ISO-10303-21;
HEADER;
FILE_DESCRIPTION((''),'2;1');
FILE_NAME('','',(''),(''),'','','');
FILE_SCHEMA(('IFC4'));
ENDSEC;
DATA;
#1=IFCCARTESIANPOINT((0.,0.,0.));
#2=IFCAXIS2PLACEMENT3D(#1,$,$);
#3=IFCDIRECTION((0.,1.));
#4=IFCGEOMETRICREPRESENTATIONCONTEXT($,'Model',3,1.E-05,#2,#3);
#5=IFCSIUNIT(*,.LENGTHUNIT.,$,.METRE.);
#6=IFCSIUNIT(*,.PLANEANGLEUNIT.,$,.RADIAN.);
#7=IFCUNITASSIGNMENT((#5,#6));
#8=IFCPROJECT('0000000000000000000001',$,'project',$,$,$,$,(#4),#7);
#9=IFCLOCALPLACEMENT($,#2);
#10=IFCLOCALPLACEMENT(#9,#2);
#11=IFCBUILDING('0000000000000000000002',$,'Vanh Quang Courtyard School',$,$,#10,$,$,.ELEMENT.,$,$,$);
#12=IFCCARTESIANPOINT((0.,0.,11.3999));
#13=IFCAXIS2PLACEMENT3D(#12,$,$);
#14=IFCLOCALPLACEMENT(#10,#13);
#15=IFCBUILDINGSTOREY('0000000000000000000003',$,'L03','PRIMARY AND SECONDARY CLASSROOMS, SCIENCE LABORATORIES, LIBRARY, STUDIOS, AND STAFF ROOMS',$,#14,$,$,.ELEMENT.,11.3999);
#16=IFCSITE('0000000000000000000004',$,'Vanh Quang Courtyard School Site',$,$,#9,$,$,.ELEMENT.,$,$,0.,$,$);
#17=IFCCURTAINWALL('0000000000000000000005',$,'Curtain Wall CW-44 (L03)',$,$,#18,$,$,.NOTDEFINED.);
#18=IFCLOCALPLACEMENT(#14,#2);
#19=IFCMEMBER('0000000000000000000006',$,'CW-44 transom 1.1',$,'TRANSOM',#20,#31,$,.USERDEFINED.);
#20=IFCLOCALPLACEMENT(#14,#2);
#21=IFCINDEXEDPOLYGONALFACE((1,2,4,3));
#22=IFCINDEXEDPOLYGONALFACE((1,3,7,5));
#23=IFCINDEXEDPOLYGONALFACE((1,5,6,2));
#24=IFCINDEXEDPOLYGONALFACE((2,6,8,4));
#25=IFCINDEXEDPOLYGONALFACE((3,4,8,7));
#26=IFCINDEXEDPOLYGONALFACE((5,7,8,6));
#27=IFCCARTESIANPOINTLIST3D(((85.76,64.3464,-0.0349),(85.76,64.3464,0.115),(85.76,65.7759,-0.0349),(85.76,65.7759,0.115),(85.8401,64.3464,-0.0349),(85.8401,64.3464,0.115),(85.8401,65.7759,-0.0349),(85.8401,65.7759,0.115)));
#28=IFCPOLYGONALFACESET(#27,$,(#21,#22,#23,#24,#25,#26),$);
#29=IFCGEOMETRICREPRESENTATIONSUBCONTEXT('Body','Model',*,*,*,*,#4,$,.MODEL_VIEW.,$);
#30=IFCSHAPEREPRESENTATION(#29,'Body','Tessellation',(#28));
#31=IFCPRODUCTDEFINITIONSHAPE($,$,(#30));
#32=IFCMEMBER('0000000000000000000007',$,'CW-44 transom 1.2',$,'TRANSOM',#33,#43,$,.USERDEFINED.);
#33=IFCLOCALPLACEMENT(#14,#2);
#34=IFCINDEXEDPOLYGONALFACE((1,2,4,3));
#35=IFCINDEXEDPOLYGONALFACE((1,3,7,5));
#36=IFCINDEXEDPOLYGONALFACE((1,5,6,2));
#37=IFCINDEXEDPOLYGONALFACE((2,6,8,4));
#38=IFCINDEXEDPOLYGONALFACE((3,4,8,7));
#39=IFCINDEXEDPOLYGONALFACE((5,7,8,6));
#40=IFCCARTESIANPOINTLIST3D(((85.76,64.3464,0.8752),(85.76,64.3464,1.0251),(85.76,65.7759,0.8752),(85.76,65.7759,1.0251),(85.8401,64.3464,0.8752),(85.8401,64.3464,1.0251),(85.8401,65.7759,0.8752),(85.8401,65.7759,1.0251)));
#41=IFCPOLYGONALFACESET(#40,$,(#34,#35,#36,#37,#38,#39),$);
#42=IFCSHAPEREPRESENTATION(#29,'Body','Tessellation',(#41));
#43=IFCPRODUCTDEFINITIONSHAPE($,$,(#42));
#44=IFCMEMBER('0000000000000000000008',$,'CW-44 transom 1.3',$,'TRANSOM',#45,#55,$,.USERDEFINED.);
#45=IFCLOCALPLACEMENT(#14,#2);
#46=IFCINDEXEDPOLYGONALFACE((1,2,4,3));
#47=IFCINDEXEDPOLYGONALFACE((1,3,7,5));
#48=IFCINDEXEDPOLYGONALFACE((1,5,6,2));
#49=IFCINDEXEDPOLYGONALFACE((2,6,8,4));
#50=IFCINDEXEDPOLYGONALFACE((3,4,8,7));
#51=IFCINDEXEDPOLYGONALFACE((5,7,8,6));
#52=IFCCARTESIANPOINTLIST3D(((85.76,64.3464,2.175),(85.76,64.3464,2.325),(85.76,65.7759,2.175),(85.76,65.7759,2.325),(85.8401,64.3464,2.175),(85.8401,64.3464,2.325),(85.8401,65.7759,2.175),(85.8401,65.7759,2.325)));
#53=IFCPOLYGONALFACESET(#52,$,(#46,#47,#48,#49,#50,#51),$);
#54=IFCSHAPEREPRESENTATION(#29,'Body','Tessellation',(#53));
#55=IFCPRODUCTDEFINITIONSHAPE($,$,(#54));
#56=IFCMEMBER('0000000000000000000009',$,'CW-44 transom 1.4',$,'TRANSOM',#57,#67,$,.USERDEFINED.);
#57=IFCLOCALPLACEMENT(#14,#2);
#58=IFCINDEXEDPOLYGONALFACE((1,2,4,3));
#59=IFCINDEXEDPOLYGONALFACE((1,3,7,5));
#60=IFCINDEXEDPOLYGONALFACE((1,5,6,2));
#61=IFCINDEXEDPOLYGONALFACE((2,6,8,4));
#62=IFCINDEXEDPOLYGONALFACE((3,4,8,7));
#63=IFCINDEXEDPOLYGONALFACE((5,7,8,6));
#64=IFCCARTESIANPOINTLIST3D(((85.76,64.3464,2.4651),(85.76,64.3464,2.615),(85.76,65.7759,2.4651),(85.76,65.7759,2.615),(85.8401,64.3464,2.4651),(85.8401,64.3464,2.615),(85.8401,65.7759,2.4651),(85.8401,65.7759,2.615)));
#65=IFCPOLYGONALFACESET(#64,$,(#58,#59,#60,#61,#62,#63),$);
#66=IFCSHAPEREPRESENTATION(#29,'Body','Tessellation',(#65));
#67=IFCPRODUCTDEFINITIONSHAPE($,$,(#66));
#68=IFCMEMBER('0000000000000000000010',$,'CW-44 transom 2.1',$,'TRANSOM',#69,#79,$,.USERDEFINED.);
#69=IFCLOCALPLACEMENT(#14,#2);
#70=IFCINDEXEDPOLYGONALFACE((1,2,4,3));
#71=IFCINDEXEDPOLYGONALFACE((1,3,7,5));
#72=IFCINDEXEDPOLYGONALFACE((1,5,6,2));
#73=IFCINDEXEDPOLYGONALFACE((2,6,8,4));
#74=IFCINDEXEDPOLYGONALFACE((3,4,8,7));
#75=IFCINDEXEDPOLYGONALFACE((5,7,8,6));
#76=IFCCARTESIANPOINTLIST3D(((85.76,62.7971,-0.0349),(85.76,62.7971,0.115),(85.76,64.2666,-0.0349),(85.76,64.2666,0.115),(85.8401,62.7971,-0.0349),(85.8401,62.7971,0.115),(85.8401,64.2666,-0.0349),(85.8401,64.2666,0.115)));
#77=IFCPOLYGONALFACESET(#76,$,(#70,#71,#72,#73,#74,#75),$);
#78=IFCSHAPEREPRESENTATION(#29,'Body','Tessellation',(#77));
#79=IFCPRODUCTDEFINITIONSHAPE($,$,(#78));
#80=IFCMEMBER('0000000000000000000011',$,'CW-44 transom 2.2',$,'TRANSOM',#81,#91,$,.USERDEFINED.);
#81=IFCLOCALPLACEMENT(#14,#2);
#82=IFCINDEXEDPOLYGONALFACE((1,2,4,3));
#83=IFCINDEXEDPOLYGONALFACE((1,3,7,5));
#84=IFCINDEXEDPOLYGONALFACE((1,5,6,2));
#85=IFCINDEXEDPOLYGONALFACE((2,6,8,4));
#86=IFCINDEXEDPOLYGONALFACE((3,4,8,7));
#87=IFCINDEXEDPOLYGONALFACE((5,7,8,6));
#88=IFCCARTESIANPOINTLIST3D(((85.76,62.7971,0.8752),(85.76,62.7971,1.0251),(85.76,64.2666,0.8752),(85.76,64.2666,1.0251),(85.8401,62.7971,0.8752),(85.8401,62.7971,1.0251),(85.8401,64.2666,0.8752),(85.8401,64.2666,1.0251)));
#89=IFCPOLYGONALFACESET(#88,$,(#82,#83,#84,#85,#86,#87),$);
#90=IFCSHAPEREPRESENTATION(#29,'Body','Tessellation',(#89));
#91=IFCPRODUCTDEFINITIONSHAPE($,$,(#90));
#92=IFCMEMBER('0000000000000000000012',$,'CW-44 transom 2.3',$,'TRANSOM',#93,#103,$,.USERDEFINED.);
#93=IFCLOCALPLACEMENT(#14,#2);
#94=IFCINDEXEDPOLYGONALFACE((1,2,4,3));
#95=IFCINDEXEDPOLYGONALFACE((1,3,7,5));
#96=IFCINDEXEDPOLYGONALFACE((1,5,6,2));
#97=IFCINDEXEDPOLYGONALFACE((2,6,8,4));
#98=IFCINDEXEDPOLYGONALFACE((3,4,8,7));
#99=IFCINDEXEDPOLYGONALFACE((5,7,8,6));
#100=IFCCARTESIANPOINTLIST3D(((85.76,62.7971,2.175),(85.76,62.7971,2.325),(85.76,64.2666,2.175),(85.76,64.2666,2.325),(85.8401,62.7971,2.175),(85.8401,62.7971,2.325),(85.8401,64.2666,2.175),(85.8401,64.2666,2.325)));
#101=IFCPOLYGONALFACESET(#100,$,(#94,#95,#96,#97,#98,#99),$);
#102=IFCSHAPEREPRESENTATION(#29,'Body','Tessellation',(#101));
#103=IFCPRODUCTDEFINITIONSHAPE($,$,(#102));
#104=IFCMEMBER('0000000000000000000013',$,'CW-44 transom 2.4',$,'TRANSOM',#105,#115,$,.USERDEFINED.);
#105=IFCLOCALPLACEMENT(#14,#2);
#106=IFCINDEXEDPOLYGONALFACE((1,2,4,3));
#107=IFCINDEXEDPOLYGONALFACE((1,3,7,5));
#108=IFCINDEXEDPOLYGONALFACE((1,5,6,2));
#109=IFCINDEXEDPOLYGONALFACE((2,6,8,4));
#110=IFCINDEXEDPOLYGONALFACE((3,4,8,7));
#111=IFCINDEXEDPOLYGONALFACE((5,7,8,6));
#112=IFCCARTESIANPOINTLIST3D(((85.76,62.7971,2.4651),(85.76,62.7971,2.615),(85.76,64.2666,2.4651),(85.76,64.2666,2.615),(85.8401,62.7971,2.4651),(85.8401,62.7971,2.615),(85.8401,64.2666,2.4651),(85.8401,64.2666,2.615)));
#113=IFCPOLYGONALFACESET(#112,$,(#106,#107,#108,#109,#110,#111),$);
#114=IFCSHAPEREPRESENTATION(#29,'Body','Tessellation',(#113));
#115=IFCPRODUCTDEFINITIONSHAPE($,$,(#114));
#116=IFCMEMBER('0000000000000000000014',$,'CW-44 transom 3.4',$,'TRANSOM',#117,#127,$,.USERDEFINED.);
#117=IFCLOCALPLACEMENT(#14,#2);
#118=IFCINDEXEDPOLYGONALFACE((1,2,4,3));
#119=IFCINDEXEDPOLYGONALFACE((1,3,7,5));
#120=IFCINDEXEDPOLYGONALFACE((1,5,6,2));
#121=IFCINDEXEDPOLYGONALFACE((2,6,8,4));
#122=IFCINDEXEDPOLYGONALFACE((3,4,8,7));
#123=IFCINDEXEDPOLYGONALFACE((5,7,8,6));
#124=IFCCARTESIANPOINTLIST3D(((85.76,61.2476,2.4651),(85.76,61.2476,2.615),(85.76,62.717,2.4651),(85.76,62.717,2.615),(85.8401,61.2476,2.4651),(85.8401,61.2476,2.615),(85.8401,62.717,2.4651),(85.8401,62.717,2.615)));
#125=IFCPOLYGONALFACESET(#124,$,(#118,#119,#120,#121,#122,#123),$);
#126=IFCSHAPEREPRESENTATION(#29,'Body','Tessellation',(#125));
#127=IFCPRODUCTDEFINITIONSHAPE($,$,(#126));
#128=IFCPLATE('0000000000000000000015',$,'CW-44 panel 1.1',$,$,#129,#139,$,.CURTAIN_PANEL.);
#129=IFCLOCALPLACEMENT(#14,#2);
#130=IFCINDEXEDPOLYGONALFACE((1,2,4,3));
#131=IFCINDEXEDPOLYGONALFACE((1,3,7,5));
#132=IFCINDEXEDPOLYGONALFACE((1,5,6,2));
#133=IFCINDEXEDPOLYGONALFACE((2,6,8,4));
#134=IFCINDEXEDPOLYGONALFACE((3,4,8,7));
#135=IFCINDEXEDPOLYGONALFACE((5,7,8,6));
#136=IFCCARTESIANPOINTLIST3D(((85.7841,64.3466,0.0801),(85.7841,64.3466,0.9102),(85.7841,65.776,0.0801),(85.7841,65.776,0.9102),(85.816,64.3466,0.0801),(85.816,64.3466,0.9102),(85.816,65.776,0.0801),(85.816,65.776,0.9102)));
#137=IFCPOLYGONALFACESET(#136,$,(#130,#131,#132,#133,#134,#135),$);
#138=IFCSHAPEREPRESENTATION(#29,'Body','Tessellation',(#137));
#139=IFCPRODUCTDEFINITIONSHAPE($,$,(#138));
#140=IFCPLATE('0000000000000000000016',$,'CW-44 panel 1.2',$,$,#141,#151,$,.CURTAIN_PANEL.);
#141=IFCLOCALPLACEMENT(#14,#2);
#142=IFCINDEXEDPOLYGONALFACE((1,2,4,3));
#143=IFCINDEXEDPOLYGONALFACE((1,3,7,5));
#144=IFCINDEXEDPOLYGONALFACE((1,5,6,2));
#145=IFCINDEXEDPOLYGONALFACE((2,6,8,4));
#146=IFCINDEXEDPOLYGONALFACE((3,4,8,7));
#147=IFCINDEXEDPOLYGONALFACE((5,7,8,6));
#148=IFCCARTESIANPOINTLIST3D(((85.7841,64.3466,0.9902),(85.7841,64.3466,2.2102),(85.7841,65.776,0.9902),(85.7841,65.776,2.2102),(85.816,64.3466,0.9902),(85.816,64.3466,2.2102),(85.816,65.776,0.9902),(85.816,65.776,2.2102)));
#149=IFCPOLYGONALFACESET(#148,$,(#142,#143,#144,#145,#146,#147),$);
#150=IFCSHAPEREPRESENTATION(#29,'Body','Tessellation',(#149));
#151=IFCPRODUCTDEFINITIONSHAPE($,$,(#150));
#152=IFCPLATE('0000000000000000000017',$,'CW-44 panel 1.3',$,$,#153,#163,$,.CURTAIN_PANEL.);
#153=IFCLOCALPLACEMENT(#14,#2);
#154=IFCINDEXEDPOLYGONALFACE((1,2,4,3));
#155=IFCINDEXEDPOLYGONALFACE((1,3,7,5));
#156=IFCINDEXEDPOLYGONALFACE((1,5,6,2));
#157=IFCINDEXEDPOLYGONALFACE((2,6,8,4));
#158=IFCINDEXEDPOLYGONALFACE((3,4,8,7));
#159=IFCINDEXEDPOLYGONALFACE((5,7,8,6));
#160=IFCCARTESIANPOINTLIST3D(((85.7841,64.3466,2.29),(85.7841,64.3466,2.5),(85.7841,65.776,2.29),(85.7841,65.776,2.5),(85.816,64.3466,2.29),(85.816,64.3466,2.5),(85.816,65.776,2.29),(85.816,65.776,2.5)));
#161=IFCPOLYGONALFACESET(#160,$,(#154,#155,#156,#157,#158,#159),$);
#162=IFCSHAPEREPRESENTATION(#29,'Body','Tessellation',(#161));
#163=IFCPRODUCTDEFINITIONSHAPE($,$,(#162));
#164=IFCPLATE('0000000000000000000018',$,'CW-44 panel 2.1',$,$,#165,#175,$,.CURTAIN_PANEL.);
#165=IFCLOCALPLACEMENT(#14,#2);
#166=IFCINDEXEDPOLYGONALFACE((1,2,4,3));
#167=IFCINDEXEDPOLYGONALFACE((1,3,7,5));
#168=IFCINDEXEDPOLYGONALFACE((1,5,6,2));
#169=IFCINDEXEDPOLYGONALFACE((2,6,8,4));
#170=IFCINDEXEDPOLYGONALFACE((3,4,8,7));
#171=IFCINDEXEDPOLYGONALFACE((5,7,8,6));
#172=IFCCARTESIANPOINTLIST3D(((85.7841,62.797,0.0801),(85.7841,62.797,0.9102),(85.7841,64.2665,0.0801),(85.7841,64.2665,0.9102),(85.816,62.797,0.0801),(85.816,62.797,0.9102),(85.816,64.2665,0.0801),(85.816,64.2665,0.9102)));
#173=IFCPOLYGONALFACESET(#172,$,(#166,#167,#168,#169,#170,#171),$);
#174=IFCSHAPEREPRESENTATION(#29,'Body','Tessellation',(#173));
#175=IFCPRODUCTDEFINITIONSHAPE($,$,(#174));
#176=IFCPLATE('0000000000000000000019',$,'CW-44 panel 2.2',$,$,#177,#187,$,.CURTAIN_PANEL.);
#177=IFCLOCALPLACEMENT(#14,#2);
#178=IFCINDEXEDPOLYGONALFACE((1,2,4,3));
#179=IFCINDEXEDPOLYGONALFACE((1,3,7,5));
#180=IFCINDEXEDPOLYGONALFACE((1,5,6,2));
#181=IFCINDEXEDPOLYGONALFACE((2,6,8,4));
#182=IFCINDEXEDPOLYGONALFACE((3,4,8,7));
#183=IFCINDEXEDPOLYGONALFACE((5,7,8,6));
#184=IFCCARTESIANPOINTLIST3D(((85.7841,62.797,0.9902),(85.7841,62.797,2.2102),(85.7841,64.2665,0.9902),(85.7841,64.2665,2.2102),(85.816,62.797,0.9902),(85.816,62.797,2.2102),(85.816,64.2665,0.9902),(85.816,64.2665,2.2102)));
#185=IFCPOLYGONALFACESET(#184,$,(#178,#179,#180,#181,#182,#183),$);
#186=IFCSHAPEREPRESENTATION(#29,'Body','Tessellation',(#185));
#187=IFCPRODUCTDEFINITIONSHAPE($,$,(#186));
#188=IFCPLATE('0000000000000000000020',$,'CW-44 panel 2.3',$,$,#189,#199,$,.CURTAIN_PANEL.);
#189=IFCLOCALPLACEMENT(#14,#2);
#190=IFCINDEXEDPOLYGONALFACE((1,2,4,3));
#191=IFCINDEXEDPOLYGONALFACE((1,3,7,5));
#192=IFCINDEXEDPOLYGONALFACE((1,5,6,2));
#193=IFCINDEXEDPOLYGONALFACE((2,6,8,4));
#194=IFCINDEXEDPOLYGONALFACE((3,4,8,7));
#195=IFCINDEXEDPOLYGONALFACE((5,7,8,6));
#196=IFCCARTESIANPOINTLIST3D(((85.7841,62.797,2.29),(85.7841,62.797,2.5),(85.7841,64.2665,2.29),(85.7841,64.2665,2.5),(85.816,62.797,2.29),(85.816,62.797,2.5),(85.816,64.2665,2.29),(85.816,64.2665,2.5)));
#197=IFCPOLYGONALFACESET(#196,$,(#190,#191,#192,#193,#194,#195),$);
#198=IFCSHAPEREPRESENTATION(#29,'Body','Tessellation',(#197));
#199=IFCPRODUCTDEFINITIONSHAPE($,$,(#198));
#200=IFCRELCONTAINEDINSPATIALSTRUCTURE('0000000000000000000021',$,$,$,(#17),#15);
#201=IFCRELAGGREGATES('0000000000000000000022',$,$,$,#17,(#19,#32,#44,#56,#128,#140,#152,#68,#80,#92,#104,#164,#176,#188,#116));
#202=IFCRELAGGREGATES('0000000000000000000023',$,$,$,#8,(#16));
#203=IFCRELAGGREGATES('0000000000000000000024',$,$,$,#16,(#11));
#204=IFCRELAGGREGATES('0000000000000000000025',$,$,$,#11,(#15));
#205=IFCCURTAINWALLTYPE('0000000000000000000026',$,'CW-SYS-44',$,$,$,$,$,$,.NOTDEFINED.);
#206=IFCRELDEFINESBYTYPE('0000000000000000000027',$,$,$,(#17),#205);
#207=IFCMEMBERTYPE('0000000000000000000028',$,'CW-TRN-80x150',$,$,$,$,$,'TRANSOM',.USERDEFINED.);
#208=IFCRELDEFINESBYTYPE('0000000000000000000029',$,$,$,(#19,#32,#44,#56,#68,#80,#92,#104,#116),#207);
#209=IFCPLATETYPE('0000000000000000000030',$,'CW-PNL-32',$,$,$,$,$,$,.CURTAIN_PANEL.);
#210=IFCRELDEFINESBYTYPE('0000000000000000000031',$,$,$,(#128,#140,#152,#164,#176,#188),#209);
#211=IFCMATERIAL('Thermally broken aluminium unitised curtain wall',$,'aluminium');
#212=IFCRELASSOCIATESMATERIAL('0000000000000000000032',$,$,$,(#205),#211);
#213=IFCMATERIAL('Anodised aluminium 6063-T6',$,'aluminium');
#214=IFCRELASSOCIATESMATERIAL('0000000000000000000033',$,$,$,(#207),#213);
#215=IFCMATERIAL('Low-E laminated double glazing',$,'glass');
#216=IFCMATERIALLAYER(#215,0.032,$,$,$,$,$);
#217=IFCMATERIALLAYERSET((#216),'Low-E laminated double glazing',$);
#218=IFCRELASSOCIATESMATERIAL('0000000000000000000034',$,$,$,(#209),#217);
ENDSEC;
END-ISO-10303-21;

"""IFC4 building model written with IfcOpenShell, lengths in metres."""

from ifc_helpers import new_model, si_unit, direction, frame, origin, origin_2d, place, context, subcontext, project, spatial, rectangle, extrude, material, layer, layer_set, material_profile, profile_set, type_object, element, aggregate, save


model = new_model("IFC4")

# Units and contexts
model_context = context("Model", 3, precision=1e-05, world=origin(), true_north=direction((0.0, 1.0)))
body_context = subcontext(model_context, "Body", "Model", "MODEL_VIEW")
ifc_project = project(units=[si_unit("LENGTHUNIT", "METRE"), si_unit("PLANEANGLEUNIT", "RADIAN")], contexts=[model_context])

# Site, building, storey
site_placement = place(None, origin())
site = spatial("IfcSite", under=ifc_project, at=site_placement, Name="Vanh Quang Courtyard School Site", CompositionType="ELEMENT", RefElevation=0.0)
building_placement = place(site_placement, origin())
building = spatial("IfcBuilding", under=site, at=building_placement, Name="Vanh Quang Courtyard School", CompositionType="ELEMENT")
storey_placement = place(building_placement, frame((0.0, 0.0, 11.3999)))
storey = spatial("IfcBuildingStorey", under=building, at=storey_placement, Name="L03", Description="PRIMARY AND SECONDARY CLASSROOMS, SCIENCE LABORATORIES, LIBRARY, STUDIOS, AND STAFF ROOMS", CompositionType="ELEMENT", Elevation=11.3999)

# Curtain wall, members, plates
ifc_material_1 = material(Name="Thermally broken aluminium unitised curtain wall", Category="aluminium")
curtain_wall_type = type_object("IfcCurtainWallType", Name="CW-SYS-44", PredefinedType="NOTDEFINED", material=ifc_material_1)
curtain_wall_placement = place(storey_placement, origin())
curtain_wall = element("IfcCurtainWall", 1, at=curtain_wall_placement, inside=storey, type_object=curtain_wall_type, Name="Curtain Wall CW-44 (L03)", PredefinedType="NOTDEFINED")
ifc_material_2 = material(Name="Anodised aluminium 6063-T6", Category="aluminium")
ifc_material_profile_1 = material_profile(ifc_material_2, rectangle(XDim=0.0801, YDim=0.1499, at=origin_2d()), Name="ALU-TRN 80x150")
ifc_profile_set_1 = profile_set([ifc_material_profile_1], Name="Anodised aluminium 6063-T6")
member_type_1 = type_object("IfcMemberType", Name="CW-TRN-80x150", ElementType="TRANSOM", PredefinedType="USERDEFINED", material=ifc_profile_set_1)
member_1_placement = place(storey_placement, frame((85.8, 65.7759, 0.04), z_axis=(0.0, -1.0, 0.0), x_axis=(1.0, 0.0, 0.0)))
member_1 = element("IfcMember", 2, at=member_1_placement, type_object=member_type_1, Name="CW-44 transom 1.1", ObjectType="TRANSOM", PredefinedType="USERDEFINED", context=body_context, shape_type="SweptSolid", body=[
    extrude(rectangle(XDim=0.0801, YDim=0.1499, at=origin_2d()), origin(), (0.0, 0.0, 1.0), 1.4294),
])
member_2_placement = place(storey_placement, frame((85.8, 65.7759, 0.9502), z_axis=(0.0, -1.0, 0.0), x_axis=(1.0, 0.0, 0.0)))
member_2 = element("IfcMember", 3, at=member_2_placement, type_object=member_type_1, Name="CW-44 transom 1.2", ObjectType="TRANSOM", PredefinedType="USERDEFINED", context=body_context, shape_type="SweptSolid", body=[
    extrude(rectangle(XDim=0.0801, YDim=0.1499, at=origin_2d()), origin(), (0.0, 0.0, 1.0), 1.4294),
])
member_3_placement = place(storey_placement, frame((85.8, 65.7759, 2.25), z_axis=(0.0, -1.0, 0.0), x_axis=(1.0, 0.0, 0.0)))
member_3 = element("IfcMember", 4, at=member_3_placement, type_object=member_type_1, Name="CW-44 transom 1.3", ObjectType="TRANSOM", PredefinedType="USERDEFINED", context=body_context, shape_type="SweptSolid", body=[
    extrude(rectangle(XDim=0.0801, YDim=0.1499, at=origin_2d()), origin(), (0.0, 0.0, 1.0), 1.4294),
])
member_4_placement = place(storey_placement, frame((85.8, 65.7759, 2.54), z_axis=(0.0, -1.0, 0.0), x_axis=(1.0, 0.0, 0.0)))
member_4 = element("IfcMember", 5, at=member_4_placement, type_object=member_type_1, Name="CW-44 transom 1.4", ObjectType="TRANSOM", PredefinedType="USERDEFINED", context=body_context, shape_type="SweptSolid", body=[
    extrude(rectangle(XDim=0.0801, YDim=0.1499, at=origin_2d()), origin(), (0.0, 0.0, 1.0), 1.4294),
])
member_5_placement = place(storey_placement, frame((85.8, 64.2666, 0.04), z_axis=(0.0, -1.0, 0.0), x_axis=(1.0, 0.0, 0.0)))
member_5 = element("IfcMember", 6, at=member_5_placement, type_object=member_type_1, Name="CW-44 transom 2.1", ObjectType="TRANSOM", PredefinedType="USERDEFINED", context=body_context, shape_type="SweptSolid", body=[
    extrude(rectangle(XDim=0.0801, YDim=0.1499, at=origin_2d()), origin(), (0.0, 0.0, 1.0), 1.4695),
])
member_6_placement = place(storey_placement, frame((85.8, 64.2666, 0.9502), z_axis=(0.0, -1.0, 0.0), x_axis=(1.0, 0.0, 0.0)))
member_6 = element("IfcMember", 7, at=member_6_placement, type_object=member_type_1, Name="CW-44 transom 2.2", ObjectType="TRANSOM", PredefinedType="USERDEFINED", context=body_context, shape_type="SweptSolid", body=[
    extrude(rectangle(XDim=0.0801, YDim=0.1499, at=origin_2d()), origin(), (0.0, 0.0, 1.0), 1.4695),
])
member_7_placement = place(storey_placement, frame((85.8, 64.2666, 2.25), z_axis=(0.0, -1.0, 0.0), x_axis=(1.0, 0.0, 0.0)))
member_7 = element("IfcMember", 8, at=member_7_placement, type_object=member_type_1, Name="CW-44 transom 2.3", ObjectType="TRANSOM", PredefinedType="USERDEFINED", context=body_context, shape_type="SweptSolid", body=[
    extrude(rectangle(XDim=0.0801, YDim=0.1499, at=origin_2d()), origin(), (0.0, 0.0, 1.0), 1.4695),
])
member_8_placement = place(storey_placement, frame((85.8, 64.2666, 2.54), z_axis=(0.0, -1.0, 0.0), x_axis=(1.0, 0.0, 0.0)))
member_8 = element("IfcMember", 9, at=member_8_placement, type_object=member_type_1, Name="CW-44 transom 2.4", ObjectType="TRANSOM", PredefinedType="USERDEFINED", context=body_context, shape_type="SweptSolid", body=[
    extrude(rectangle(XDim=0.0801, YDim=0.1499, at=origin_2d()), origin(), (0.0, 0.0, 1.0), 1.4695),
])
member_9_placement = place(storey_placement, frame((85.8, 62.717, 2.54), z_axis=(0.0, -1.0, 0.0), x_axis=(1.0, 0.0, 0.0)))
member_9 = element("IfcMember", 10, at=member_9_placement, type_object=member_type_1, Name="CW-44 transom 3.4", ObjectType="TRANSOM", PredefinedType="USERDEFINED", context=body_context, shape_type="SweptSolid", body=[
    extrude(rectangle(XDim=0.0801, YDim=0.1499, at=origin_2d()), origin(), (0.0, 0.0, 1.0), 1.4695),
])
ifc_material_3 = material(Name="Low-E laminated double glazing", Category="glass")
ifc_layer_1 = layer(ifc_material_3, 0.032)
ifc_layer_set_1 = layer_set([ifc_layer_1], Name="Low-E laminated double glazing")
plate_type = type_object("IfcPlateType", Name="CW-PNL-32", PredefinedType="CURTAIN_PANEL", material=ifc_layer_set_1)
plate_1_placement = place(storey_placement, frame((85.8, 65.0613, 0.0801), z_axis=(0.0, 0.0, 1.0), x_axis=(0.0, -1.0, 0.0)))
plate_1 = element("IfcPlate", 11, at=plate_1_placement, type_object=plate_type, Name="CW-44 panel 1.1", PredefinedType="CURTAIN_PANEL", context=body_context, shape_type="SweptSolid", body=[
    extrude(rectangle(XDim=1.4294, YDim=0.032, at=origin_2d()), origin(), (0.0, 0.0, 1.0), 0.8301),
])
plate_2_placement = place(storey_placement, frame((85.8, 65.0613, 0.9902), z_axis=(0.0, 0.0, 1.0), x_axis=(0.0, -1.0, 0.0)))
plate_2 = element("IfcPlate", 12, at=plate_2_placement, type_object=plate_type, Name="CW-44 panel 1.2", PredefinedType="CURTAIN_PANEL", context=body_context, shape_type="SweptSolid", body=[
    extrude(rectangle(XDim=1.4294, YDim=0.032, at=origin_2d()), origin(), (0.0, 0.0, 1.0), 1.22),
])
plate_3_placement = place(storey_placement, frame((85.8, 65.0613, 2.29), z_axis=(0.0, 0.0, 1.0), x_axis=(0.0, -1.0, 0.0)))
plate_3 = element("IfcPlate", 13, at=plate_3_placement, type_object=plate_type, Name="CW-44 panel 1.3", PredefinedType="CURTAIN_PANEL", context=body_context, shape_type="SweptSolid", body=[
    extrude(rectangle(XDim=1.4294, YDim=0.032, at=origin_2d()), origin(), (0.0, 0.0, 1.0), 0.21),
])
plate_4_placement = place(storey_placement, frame((85.8, 63.5317, 0.0801), z_axis=(0.0, 0.0, 1.0), x_axis=(0.0, -1.0, 0.0)))
plate_4 = element("IfcPlate", 14, at=plate_4_placement, type_object=plate_type, Name="CW-44 panel 2.1", PredefinedType="CURTAIN_PANEL", context=body_context, shape_type="SweptSolid", body=[
    extrude(rectangle(XDim=1.4695, YDim=0.032, at=origin_2d()), origin(), (0.0, 0.0, 1.0), 0.8301),
])
plate_5_placement = place(storey_placement, frame((85.8, 63.5317, 0.9902), z_axis=(0.0, 0.0, 1.0), x_axis=(0.0, -1.0, 0.0)))
plate_5 = element("IfcPlate", 15, at=plate_5_placement, type_object=plate_type, Name="CW-44 panel 2.2", PredefinedType="CURTAIN_PANEL", context=body_context, shape_type="SweptSolid", body=[
    extrude(rectangle(XDim=1.4695, YDim=0.032, at=origin_2d()), origin(), (0.0, 0.0, 1.0), 1.22),
])
plate_6_placement = place(storey_placement, frame((85.8, 63.5317, 2.29), z_axis=(0.0, 0.0, 1.0), x_axis=(0.0, -1.0, 0.0)))
plate_6 = element("IfcPlate", 16, at=plate_6_placement, type_object=plate_type, Name="CW-44 panel 2.3", PredefinedType="CURTAIN_PANEL", context=body_context, shape_type="SweptSolid", body=[
    extrude(rectangle(XDim=1.4695, YDim=0.032, at=origin_2d()), origin(), (0.0, 0.0, 1.0), 0.21),
])
aggregate(curtain_wall, [member_1, member_2, member_3, member_4, plate_1, plate_2, plate_3, member_5, member_6, member_7, member_8, plate_4, plate_5, plate_6, member_9])

save(model, "model.ifc")
